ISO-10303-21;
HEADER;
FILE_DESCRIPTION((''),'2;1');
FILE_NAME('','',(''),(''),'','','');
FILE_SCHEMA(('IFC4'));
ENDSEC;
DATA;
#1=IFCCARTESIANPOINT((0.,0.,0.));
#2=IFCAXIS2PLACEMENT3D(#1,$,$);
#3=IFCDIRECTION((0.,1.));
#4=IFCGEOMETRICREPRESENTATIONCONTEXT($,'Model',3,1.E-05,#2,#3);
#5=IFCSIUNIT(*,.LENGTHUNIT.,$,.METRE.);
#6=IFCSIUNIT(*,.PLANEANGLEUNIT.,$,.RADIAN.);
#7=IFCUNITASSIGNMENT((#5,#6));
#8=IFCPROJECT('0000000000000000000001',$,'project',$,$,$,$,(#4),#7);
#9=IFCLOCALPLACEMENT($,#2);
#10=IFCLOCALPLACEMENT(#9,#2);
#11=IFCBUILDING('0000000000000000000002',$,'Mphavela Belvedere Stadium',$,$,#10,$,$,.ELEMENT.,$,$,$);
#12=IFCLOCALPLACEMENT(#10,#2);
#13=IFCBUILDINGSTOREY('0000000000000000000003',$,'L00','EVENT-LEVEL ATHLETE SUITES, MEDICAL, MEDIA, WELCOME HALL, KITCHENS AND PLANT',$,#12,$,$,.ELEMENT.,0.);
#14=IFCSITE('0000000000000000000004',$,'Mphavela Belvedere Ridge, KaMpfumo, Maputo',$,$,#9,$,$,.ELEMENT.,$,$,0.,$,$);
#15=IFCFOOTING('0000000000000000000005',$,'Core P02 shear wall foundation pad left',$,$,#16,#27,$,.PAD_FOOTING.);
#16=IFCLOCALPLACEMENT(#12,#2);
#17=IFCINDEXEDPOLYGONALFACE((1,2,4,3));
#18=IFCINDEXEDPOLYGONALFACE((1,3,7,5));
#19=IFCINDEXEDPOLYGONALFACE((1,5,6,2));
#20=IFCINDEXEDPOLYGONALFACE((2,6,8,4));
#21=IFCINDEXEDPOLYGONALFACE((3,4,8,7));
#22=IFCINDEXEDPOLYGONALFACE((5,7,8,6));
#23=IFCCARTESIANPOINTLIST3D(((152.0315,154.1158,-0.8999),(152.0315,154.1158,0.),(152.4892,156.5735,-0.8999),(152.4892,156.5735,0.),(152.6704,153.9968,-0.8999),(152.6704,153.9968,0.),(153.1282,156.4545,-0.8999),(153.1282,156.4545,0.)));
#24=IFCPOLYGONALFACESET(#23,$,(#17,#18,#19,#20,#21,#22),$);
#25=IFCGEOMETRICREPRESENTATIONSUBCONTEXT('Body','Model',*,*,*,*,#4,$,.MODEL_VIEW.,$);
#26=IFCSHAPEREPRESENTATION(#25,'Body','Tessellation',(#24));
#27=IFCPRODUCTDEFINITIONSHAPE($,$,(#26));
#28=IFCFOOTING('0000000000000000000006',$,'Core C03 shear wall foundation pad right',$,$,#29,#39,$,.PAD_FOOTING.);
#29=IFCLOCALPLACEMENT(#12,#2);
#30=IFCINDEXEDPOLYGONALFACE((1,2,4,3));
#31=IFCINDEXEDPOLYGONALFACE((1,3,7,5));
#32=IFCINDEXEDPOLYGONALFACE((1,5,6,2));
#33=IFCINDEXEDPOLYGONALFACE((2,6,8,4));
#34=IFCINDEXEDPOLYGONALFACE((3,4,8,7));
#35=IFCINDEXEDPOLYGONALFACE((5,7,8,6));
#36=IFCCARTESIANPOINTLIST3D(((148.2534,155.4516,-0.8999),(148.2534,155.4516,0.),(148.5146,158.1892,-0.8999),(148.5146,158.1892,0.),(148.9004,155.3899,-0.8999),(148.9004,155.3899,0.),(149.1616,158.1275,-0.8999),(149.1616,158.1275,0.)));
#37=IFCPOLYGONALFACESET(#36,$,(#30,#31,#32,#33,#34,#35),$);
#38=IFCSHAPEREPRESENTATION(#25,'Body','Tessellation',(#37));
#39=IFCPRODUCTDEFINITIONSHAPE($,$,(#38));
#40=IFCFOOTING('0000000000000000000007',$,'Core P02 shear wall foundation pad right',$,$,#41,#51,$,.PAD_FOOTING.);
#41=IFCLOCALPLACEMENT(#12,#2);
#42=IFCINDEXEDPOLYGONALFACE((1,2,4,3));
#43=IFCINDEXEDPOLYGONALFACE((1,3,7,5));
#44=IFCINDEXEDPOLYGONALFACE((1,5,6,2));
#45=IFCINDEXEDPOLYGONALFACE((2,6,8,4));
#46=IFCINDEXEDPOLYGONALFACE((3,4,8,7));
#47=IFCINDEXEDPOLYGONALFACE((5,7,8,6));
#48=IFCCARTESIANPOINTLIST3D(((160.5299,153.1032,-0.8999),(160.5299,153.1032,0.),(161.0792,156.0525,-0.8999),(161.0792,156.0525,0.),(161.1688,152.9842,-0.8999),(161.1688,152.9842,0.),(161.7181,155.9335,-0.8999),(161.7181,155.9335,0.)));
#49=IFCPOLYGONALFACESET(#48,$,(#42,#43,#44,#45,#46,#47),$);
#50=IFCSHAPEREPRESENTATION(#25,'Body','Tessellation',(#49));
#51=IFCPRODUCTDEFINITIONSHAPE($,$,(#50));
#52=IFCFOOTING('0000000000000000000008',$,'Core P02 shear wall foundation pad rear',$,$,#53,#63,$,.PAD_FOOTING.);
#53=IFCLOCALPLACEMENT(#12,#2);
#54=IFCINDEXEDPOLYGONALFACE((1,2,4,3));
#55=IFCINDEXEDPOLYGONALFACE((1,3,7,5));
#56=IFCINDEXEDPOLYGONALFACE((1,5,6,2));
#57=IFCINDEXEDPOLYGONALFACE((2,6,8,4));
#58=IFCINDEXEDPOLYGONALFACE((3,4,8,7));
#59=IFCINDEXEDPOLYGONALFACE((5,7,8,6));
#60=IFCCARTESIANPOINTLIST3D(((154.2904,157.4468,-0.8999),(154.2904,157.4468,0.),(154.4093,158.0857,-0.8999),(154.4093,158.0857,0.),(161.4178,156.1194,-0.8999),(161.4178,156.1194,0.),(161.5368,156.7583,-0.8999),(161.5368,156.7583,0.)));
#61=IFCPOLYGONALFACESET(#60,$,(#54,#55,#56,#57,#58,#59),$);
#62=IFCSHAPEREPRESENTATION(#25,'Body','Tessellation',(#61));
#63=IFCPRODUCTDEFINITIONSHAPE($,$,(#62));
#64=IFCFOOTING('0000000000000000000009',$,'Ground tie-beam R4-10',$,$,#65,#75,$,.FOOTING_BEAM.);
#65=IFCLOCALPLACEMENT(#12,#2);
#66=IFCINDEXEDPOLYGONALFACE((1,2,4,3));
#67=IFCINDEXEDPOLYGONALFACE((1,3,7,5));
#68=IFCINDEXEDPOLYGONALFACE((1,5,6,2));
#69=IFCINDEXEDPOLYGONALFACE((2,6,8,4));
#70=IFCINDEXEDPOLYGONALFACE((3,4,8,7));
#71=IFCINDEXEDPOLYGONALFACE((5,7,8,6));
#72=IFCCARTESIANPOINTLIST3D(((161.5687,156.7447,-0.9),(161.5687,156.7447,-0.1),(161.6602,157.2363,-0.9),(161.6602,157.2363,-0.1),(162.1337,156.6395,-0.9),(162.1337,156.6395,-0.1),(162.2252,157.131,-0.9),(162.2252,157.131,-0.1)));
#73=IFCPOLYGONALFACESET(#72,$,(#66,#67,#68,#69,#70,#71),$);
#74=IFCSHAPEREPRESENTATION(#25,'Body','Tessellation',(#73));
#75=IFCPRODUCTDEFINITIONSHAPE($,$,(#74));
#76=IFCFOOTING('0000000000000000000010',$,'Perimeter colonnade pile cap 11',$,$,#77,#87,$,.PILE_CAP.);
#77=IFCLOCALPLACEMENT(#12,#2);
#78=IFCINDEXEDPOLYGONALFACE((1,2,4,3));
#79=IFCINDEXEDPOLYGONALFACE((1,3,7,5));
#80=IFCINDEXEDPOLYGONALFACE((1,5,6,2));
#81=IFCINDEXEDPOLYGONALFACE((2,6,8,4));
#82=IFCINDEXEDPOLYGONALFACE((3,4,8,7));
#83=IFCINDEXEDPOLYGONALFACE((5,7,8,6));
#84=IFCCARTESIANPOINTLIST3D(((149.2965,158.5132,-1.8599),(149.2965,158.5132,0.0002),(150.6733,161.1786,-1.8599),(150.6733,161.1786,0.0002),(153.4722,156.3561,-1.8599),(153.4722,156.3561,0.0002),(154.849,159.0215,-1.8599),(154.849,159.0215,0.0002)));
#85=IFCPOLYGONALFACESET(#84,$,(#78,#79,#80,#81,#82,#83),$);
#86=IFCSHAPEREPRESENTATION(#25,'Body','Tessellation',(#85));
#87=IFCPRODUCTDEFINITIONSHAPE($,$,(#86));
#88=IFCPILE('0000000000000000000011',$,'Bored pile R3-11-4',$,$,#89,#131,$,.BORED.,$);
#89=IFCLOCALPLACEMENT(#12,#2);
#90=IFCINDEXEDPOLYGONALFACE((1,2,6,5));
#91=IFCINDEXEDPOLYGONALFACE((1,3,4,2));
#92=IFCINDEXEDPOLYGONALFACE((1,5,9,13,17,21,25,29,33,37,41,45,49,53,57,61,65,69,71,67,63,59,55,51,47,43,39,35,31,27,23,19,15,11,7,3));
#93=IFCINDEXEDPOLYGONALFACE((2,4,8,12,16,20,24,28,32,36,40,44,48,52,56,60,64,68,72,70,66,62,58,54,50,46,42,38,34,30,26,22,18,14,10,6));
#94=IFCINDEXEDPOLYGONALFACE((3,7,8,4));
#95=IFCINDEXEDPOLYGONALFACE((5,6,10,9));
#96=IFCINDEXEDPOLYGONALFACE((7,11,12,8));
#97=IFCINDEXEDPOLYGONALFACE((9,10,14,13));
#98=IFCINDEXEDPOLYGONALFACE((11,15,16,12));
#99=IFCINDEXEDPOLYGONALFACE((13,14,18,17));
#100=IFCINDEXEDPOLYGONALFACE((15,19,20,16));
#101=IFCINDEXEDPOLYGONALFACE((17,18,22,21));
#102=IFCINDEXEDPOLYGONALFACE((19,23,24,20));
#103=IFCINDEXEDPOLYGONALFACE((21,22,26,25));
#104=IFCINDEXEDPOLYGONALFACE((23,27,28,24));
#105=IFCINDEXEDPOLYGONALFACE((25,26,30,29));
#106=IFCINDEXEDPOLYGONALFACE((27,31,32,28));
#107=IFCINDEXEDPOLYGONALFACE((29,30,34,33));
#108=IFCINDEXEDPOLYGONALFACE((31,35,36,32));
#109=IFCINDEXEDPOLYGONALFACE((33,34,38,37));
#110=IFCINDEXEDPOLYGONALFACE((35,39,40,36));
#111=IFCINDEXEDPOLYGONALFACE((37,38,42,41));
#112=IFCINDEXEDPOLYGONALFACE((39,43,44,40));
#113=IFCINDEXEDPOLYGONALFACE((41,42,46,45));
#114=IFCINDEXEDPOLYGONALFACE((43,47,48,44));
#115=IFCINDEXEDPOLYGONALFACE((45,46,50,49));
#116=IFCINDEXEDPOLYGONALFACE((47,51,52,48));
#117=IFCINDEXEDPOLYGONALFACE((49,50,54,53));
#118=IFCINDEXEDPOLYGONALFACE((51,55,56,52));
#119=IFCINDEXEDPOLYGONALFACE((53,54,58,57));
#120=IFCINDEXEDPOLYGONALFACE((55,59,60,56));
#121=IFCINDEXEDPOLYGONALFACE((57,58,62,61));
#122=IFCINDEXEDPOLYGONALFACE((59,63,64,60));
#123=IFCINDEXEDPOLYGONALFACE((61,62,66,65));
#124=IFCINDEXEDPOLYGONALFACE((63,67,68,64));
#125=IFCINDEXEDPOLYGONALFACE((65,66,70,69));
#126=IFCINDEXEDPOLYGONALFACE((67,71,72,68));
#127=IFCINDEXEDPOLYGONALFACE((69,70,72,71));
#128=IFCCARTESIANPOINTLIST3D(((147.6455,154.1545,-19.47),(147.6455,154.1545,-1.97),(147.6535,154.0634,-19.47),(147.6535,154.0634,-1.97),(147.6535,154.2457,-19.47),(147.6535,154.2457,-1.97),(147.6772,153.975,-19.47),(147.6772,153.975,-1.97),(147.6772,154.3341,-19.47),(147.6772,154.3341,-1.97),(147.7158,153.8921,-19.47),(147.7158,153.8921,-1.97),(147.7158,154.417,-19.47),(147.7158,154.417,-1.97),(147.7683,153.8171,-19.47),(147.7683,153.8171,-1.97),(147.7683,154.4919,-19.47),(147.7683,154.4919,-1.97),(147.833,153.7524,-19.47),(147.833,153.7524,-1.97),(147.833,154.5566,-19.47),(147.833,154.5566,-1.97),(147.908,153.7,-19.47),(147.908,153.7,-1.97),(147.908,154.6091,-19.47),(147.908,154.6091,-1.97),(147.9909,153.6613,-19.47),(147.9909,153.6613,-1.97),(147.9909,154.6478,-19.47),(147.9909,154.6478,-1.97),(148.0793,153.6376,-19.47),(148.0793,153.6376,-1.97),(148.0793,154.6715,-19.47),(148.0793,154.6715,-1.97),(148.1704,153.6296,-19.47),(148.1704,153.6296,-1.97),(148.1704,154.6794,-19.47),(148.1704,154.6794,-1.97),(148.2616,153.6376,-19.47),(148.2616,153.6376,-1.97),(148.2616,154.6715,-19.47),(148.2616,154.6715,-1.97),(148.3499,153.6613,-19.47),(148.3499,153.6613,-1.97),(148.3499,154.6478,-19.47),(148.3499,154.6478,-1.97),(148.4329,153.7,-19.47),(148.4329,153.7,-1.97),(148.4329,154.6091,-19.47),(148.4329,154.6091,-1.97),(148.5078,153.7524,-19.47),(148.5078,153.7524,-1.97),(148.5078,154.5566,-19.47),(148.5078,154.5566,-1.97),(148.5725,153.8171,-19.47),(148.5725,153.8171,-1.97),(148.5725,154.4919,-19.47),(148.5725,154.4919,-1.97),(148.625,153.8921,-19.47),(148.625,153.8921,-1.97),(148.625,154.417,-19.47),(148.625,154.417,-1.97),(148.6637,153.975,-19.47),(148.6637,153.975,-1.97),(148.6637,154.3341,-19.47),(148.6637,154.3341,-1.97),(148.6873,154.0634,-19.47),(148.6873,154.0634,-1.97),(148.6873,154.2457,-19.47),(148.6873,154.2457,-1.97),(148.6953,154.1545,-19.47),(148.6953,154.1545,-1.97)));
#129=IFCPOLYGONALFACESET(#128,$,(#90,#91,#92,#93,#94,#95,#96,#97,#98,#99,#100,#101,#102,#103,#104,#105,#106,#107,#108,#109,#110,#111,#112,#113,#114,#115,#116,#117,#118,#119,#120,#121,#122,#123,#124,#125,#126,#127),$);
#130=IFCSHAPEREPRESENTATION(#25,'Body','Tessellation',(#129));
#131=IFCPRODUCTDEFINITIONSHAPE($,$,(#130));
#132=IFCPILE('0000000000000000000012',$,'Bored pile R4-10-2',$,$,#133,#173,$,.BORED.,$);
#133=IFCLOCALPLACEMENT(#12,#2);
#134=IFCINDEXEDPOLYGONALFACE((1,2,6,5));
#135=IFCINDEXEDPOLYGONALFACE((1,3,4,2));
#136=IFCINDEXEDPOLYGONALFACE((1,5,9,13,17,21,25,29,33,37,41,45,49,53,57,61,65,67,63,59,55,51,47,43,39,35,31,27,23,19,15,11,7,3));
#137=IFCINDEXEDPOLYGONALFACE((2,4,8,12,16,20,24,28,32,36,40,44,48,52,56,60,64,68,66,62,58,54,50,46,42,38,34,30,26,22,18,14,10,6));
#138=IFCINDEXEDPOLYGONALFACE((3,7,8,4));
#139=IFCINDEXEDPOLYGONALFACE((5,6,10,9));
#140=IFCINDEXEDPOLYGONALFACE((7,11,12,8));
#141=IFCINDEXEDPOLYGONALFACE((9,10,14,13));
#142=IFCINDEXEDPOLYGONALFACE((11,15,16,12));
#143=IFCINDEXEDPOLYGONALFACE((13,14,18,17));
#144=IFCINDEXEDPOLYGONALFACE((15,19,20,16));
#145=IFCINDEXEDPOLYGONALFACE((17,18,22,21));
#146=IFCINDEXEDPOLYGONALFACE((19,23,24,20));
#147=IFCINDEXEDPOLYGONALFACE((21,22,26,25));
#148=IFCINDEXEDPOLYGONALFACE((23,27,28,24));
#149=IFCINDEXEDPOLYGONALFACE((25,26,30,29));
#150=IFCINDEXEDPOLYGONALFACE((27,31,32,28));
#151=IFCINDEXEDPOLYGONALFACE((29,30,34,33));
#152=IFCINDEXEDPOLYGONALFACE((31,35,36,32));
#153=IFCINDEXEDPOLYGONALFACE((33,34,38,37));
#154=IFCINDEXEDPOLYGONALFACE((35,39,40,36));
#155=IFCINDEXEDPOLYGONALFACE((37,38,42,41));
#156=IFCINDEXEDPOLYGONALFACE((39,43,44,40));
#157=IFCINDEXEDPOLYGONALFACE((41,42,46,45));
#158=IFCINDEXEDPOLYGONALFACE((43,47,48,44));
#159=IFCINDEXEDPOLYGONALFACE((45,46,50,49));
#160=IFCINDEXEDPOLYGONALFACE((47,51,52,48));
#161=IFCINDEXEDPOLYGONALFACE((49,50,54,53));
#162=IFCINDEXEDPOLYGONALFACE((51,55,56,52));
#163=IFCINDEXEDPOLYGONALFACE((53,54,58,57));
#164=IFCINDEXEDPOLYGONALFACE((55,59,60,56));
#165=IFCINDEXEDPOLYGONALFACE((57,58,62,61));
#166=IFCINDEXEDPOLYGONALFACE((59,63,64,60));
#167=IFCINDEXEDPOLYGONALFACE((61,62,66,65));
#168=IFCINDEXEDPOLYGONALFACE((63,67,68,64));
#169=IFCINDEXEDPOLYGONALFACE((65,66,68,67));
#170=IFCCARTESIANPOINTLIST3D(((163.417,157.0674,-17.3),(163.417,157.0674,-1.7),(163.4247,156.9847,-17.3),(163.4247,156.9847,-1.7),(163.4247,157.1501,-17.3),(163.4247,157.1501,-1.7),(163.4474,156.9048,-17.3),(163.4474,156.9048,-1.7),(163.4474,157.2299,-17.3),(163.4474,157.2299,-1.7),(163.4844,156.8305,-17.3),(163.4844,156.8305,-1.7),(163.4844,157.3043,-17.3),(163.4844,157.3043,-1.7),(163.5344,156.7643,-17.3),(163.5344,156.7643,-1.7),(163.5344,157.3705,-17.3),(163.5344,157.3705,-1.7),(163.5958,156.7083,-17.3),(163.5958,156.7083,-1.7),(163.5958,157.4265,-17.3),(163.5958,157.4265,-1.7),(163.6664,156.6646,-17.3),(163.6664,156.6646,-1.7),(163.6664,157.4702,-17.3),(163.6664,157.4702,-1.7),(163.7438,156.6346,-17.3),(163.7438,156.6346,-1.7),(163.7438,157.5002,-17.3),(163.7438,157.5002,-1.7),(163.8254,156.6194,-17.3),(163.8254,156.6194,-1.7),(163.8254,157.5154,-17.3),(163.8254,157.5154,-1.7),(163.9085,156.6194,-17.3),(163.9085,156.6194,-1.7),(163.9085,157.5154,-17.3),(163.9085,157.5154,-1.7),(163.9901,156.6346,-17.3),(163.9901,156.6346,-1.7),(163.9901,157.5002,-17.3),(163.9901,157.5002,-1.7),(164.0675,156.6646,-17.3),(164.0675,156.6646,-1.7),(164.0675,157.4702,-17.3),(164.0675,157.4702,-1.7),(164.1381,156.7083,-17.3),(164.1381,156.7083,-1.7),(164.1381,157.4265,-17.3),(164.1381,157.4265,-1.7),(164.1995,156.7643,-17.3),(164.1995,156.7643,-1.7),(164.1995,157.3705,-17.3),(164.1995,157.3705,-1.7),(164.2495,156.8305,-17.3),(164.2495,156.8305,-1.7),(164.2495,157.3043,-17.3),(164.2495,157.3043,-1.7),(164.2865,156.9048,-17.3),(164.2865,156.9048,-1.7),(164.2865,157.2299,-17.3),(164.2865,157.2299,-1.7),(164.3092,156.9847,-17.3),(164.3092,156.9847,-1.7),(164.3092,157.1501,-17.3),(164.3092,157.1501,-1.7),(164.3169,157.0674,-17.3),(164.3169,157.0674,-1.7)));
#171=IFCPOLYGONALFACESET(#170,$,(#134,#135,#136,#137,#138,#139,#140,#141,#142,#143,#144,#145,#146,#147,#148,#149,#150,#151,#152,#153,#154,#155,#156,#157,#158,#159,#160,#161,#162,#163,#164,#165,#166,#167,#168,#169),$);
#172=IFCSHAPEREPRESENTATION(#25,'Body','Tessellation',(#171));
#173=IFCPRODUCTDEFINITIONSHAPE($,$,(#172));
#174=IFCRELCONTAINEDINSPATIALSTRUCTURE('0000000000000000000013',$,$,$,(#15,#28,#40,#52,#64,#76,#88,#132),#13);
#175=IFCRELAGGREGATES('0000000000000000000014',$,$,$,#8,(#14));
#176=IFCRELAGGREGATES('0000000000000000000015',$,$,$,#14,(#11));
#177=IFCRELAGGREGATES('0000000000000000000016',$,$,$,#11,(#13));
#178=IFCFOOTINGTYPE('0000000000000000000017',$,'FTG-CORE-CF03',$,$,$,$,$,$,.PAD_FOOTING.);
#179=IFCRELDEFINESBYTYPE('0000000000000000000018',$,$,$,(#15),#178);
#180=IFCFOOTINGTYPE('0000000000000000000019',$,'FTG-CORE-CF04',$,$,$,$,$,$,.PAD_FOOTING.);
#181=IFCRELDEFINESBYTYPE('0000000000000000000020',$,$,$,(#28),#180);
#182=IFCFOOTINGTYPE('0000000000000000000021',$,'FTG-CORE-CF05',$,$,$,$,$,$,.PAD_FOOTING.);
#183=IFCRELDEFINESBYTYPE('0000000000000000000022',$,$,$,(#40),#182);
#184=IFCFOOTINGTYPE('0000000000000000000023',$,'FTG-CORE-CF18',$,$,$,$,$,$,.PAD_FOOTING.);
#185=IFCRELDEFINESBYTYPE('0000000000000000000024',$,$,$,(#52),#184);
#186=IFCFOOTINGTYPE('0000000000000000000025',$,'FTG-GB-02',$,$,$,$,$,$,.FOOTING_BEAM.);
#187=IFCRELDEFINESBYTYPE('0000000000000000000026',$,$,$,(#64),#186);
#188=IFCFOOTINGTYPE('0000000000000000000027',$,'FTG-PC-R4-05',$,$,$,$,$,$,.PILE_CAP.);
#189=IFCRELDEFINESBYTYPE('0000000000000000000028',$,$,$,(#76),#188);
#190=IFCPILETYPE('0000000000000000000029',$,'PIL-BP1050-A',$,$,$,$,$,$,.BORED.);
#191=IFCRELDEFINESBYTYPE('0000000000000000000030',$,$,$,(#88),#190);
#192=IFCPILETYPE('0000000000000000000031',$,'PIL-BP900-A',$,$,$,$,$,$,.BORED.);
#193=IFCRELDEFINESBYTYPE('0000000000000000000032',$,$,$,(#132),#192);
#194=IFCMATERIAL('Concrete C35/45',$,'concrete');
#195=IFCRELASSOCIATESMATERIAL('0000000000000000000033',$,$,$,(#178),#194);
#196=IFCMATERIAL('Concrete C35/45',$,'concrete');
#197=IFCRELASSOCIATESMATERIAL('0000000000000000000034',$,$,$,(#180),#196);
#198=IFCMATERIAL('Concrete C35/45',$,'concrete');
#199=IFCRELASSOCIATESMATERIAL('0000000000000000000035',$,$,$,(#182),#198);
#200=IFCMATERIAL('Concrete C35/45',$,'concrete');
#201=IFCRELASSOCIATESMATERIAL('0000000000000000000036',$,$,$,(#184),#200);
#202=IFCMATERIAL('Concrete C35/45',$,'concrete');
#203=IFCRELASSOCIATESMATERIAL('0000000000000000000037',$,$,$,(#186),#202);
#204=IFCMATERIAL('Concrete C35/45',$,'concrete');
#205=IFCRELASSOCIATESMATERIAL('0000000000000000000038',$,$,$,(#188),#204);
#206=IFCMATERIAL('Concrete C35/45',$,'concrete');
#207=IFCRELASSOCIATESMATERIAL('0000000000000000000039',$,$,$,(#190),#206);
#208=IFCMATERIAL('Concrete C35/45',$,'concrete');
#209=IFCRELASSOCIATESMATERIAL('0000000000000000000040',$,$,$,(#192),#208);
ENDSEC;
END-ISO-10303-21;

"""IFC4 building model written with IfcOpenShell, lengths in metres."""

from ifc_helpers import new_model, si_unit, direction, frame, origin, origin_2d, place, context, subcontext, project, spatial, rectangle, circle, extrude, material, material_profile, profile_set, type_object, element, save


model = new_model("IFC4")

# Units and contexts
model_context = context("Model", 3, precision=1e-05, world=origin(), true_north=direction((0.0, 1.0)))
body_context = subcontext(model_context, "Body", "Model", "MODEL_VIEW")
ifc_project = project(units=[si_unit("LENGTHUNIT", "METRE"), si_unit("PLANEANGLEUNIT", "RADIAN")], contexts=[model_context])

# Site, building, storey
site_placement = place(None, origin())
site = spatial("IfcSite", under=ifc_project, at=site_placement, Name="Mphavela Belvedere Ridge, KaMpfumo, Maputo", CompositionType="ELEMENT", RefElevation=0.0)
building_placement = place(site_placement, origin())
building = spatial("IfcBuilding", under=site, at=building_placement, Name="Mphavela Belvedere Stadium", CompositionType="ELEMENT")
storey_placement = place(building_placement, origin())
storey = spatial("IfcBuildingStorey", under=building, at=storey_placement, Name="L00", Description="EVENT-LEVEL ATHLETE SUITES, MEDICAL, MEDIA, WELCOME HALL, KITCHENS AND PLANT", CompositionType="ELEMENT", Elevation=0.0)

# Footings
ifc_material_1 = material(Name="Concrete C35/45", Category="concrete")
footing_type_1 = type_object("IfcFootingType", Name="FTG-CORE-CF03", PredefinedType="PAD_FOOTING", material=ifc_material_1)
footing_1_placement = place(storey_placement, frame((152.5798, 155.2852, -0.8999), z_axis=(0.0, 0.0, 1.0), x_axis=(0.183094, 0.983096, 0.0)))
element("IfcFooting", 1, at=footing_1_placement, inside=storey, type_object=footing_type_1, Name="Core P02 shear wall foundation pad left", PredefinedType="PAD_FOOTING", context=body_context, shape_type="SweptSolid", body=[
    extrude(rectangle(XDim=2.5, YDim=0.6499, at=origin_2d()), origin(), (0.0, 0.0, 1.0), 0.8999),
])
ifc_material_2 = material(Name="Concrete C35/45", Category="concrete")
footing_type_2 = type_object("IfcFootingType", Name="FTG-CORE-CF04", PredefinedType="PAD_FOOTING", material=ifc_material_2)
footing_2_placement = place(storey_placement, frame((148.7075, 156.7896, -0.8999), z_axis=(0.0, 0.0, 1.0), x_axis=(0.094977, 0.995479, 0.0)))
element("IfcFooting", 2, at=footing_2_placement, inside=storey, type_object=footing_type_2, Name="Core C03 shear wall foundation pad right", PredefinedType="PAD_FOOTING", context=body_context, shape_type="SweptSolid", body=[
    extrude(rectangle(XDim=2.75, YDim=0.6499, at=origin_2d()), origin(), (0.0, 0.0, 1.0), 0.8999),
])
ifc_material_3 = material(Name="Concrete C35/45", Category="concrete")
footing_type_3 = type_object("IfcFootingType", Name="FTG-CORE-CF05", PredefinedType="PAD_FOOTING", material=ifc_material_3)
footing_3_placement = place(storey_placement, frame((161.124, 154.5183, -0.8999), z_axis=(0.0, 0.0, 1.0), x_axis=(0.183094, 0.983096, 0.0)))
element("IfcFooting", 3, at=footing_3_placement, inside=storey, type_object=footing_type_3, Name="Core P02 shear wall foundation pad right", PredefinedType="PAD_FOOTING", context=body_context, shape_type="SweptSolid", body=[
    extrude(rectangle(XDim=3.0, YDim=0.6499, at=origin_2d()), origin(), (0.0, 0.0, 1.0), 0.8999),
])
ifc_material_4 = material(Name="Concrete C35/45", Category="concrete")
footing_type_4 = type_object("IfcFootingType", Name="FTG-CORE-CF18", PredefinedType="PAD_FOOTING", material=ifc_material_4)
footing_4_placement = place(storey_placement, frame((157.9136, 157.1025, -0.8999), z_axis=(0.0, 0.0, 1.0), x_axis=(0.983096, -0.183094, 0.0)))
element("IfcFooting", 4, at=footing_4_placement, inside=storey, type_object=footing_type_4, Name="Core P02 shear wall foundation pad rear", PredefinedType="PAD_FOOTING", context=body_context, shape_type="SweptSolid", body=[
    extrude(rectangle(XDim=7.25, YDim=0.6499, at=origin_2d()), origin(), (0.0, 0.0, 1.0), 0.8999),
])
ifc_material_5 = material(Name="Concrete C35/45", Category="concrete")
ifc_material_profile_1 = material_profile(ifc_material_5, rectangle(XDim=0.5, YDim=0.8, at=origin_2d()), Name="GB 500x800")
ifc_profile_set_1 = profile_set([ifc_material_profile_1], Name="Concrete C35/45")
footing_type_5 = type_object("IfcFootingType", Name="FTG-GB-02", PredefinedType="FOOTING_BEAM", material=ifc_profile_set_1)
footing_5_placement = place(storey_placement, frame((162.1794, 156.8853, -0.5), z_axis=(-0.983093, 0.183108, 0.0), x_axis=(-0.183108, -0.983093, 0.0)))
element("IfcFooting", 5, at=footing_5_placement, inside=storey, type_object=footing_type_5, Name="Ground tie-beam R4-10", PredefinedType="FOOTING_BEAM", context=body_context, shape_type="SweptSolid", body=[
    extrude(rectangle(XDim=0.5, YDim=0.8, at=origin_2d()), origin(), (0.0, 0.0, 1.0), 0.5747),
])
ifc_material_6 = material(Name="Concrete C35/45", Category="concrete")
footing_type_6 = type_object("IfcFootingType", Name="FTG-PC-R4-05", PredefinedType="PILE_CAP", material=ifc_material_6)
footing_6_placement = place(storey_placement, frame((152.0728, 158.7673, -1.8599), z_axis=(0.0, 0.0, 1.0), x_axis=(-0.888457, 0.45896, 0.0)))
element("IfcFooting", 6, at=footing_6_placement, inside=storey, type_object=footing_type_6, Name="Perimeter colonnade pile cap 11", PredefinedType="PILE_CAP", context=body_context, shape_type="SweptSolid", body=[
    extrude(rectangle(XDim=4.7, YDim=3.0, at=origin_2d()), origin(), (0.0, 0.0, 1.0), 1.8601),
])

# Piles
ifc_material_7 = material(Name="Concrete C35/45", Category="concrete")
ifc_material_profile_2 = material_profile(ifc_material_7, circle(Radius=0.5249, at=origin_2d()), Name="BP D1050")
ifc_profile_set_2 = profile_set([ifc_material_profile_2], Name="Concrete C35/45")
pile_type_1 = type_object("IfcPileType", Name="PIL-BP1050-A", PredefinedType="BORED", material=ifc_profile_set_2)
pile_placement = place(storey_placement, frame((148.1704, 154.1545, -1.97), z_axis=(0.0, 0.0, -1.0), x_axis=(1.0, 0.0, 0.0)))
element("IfcPile", 7, at=pile_placement, inside=storey, type_object=pile_type_1, Name="Bored pile R3-11-4", PredefinedType="BORED", context=body_context, shape_type="SweptSolid", body=[
    extrude(circle(Radius=0.5249, at=origin_2d()), origin(), (0.0, 0.0, 1.0), 17.5),
])
ifc_material_8 = material(Name="Concrete C35/45", Category="concrete")
ifc_material_profile_3 = material_profile(ifc_material_8, circle(Radius=0.45, at=origin_2d()), Name="BP D900")
ifc_profile_set_3 = profile_set([ifc_material_profile_3], Name="Concrete C35/45")
pile_type_2 = type_object("IfcPileType", Name="PIL-BP900-A", PredefinedType="BORED", material=ifc_profile_set_3)
for number, where, z_axis, x_axis, name in (
    (8, (163.8669, 157.0674, -1.7), (0.0, 0.0, -1.0), (1.0, 0.0, 0.0), "Bored pile R4-10-2"),
):
    element("IfcPile", number, at=place(storey_placement, frame(where, z_axis=z_axis, x_axis=x_axis)), inside=storey, type_object=pile_type_2, Name=name, PredefinedType="BORED", context=body_context, shape_type="SweptSolid", body=[
        extrude(circle(Radius=0.45, at=origin_2d()), origin(), (0.0, 0.0, 1.0), 15.6001),
    ])

save(model, "model.ifc")
